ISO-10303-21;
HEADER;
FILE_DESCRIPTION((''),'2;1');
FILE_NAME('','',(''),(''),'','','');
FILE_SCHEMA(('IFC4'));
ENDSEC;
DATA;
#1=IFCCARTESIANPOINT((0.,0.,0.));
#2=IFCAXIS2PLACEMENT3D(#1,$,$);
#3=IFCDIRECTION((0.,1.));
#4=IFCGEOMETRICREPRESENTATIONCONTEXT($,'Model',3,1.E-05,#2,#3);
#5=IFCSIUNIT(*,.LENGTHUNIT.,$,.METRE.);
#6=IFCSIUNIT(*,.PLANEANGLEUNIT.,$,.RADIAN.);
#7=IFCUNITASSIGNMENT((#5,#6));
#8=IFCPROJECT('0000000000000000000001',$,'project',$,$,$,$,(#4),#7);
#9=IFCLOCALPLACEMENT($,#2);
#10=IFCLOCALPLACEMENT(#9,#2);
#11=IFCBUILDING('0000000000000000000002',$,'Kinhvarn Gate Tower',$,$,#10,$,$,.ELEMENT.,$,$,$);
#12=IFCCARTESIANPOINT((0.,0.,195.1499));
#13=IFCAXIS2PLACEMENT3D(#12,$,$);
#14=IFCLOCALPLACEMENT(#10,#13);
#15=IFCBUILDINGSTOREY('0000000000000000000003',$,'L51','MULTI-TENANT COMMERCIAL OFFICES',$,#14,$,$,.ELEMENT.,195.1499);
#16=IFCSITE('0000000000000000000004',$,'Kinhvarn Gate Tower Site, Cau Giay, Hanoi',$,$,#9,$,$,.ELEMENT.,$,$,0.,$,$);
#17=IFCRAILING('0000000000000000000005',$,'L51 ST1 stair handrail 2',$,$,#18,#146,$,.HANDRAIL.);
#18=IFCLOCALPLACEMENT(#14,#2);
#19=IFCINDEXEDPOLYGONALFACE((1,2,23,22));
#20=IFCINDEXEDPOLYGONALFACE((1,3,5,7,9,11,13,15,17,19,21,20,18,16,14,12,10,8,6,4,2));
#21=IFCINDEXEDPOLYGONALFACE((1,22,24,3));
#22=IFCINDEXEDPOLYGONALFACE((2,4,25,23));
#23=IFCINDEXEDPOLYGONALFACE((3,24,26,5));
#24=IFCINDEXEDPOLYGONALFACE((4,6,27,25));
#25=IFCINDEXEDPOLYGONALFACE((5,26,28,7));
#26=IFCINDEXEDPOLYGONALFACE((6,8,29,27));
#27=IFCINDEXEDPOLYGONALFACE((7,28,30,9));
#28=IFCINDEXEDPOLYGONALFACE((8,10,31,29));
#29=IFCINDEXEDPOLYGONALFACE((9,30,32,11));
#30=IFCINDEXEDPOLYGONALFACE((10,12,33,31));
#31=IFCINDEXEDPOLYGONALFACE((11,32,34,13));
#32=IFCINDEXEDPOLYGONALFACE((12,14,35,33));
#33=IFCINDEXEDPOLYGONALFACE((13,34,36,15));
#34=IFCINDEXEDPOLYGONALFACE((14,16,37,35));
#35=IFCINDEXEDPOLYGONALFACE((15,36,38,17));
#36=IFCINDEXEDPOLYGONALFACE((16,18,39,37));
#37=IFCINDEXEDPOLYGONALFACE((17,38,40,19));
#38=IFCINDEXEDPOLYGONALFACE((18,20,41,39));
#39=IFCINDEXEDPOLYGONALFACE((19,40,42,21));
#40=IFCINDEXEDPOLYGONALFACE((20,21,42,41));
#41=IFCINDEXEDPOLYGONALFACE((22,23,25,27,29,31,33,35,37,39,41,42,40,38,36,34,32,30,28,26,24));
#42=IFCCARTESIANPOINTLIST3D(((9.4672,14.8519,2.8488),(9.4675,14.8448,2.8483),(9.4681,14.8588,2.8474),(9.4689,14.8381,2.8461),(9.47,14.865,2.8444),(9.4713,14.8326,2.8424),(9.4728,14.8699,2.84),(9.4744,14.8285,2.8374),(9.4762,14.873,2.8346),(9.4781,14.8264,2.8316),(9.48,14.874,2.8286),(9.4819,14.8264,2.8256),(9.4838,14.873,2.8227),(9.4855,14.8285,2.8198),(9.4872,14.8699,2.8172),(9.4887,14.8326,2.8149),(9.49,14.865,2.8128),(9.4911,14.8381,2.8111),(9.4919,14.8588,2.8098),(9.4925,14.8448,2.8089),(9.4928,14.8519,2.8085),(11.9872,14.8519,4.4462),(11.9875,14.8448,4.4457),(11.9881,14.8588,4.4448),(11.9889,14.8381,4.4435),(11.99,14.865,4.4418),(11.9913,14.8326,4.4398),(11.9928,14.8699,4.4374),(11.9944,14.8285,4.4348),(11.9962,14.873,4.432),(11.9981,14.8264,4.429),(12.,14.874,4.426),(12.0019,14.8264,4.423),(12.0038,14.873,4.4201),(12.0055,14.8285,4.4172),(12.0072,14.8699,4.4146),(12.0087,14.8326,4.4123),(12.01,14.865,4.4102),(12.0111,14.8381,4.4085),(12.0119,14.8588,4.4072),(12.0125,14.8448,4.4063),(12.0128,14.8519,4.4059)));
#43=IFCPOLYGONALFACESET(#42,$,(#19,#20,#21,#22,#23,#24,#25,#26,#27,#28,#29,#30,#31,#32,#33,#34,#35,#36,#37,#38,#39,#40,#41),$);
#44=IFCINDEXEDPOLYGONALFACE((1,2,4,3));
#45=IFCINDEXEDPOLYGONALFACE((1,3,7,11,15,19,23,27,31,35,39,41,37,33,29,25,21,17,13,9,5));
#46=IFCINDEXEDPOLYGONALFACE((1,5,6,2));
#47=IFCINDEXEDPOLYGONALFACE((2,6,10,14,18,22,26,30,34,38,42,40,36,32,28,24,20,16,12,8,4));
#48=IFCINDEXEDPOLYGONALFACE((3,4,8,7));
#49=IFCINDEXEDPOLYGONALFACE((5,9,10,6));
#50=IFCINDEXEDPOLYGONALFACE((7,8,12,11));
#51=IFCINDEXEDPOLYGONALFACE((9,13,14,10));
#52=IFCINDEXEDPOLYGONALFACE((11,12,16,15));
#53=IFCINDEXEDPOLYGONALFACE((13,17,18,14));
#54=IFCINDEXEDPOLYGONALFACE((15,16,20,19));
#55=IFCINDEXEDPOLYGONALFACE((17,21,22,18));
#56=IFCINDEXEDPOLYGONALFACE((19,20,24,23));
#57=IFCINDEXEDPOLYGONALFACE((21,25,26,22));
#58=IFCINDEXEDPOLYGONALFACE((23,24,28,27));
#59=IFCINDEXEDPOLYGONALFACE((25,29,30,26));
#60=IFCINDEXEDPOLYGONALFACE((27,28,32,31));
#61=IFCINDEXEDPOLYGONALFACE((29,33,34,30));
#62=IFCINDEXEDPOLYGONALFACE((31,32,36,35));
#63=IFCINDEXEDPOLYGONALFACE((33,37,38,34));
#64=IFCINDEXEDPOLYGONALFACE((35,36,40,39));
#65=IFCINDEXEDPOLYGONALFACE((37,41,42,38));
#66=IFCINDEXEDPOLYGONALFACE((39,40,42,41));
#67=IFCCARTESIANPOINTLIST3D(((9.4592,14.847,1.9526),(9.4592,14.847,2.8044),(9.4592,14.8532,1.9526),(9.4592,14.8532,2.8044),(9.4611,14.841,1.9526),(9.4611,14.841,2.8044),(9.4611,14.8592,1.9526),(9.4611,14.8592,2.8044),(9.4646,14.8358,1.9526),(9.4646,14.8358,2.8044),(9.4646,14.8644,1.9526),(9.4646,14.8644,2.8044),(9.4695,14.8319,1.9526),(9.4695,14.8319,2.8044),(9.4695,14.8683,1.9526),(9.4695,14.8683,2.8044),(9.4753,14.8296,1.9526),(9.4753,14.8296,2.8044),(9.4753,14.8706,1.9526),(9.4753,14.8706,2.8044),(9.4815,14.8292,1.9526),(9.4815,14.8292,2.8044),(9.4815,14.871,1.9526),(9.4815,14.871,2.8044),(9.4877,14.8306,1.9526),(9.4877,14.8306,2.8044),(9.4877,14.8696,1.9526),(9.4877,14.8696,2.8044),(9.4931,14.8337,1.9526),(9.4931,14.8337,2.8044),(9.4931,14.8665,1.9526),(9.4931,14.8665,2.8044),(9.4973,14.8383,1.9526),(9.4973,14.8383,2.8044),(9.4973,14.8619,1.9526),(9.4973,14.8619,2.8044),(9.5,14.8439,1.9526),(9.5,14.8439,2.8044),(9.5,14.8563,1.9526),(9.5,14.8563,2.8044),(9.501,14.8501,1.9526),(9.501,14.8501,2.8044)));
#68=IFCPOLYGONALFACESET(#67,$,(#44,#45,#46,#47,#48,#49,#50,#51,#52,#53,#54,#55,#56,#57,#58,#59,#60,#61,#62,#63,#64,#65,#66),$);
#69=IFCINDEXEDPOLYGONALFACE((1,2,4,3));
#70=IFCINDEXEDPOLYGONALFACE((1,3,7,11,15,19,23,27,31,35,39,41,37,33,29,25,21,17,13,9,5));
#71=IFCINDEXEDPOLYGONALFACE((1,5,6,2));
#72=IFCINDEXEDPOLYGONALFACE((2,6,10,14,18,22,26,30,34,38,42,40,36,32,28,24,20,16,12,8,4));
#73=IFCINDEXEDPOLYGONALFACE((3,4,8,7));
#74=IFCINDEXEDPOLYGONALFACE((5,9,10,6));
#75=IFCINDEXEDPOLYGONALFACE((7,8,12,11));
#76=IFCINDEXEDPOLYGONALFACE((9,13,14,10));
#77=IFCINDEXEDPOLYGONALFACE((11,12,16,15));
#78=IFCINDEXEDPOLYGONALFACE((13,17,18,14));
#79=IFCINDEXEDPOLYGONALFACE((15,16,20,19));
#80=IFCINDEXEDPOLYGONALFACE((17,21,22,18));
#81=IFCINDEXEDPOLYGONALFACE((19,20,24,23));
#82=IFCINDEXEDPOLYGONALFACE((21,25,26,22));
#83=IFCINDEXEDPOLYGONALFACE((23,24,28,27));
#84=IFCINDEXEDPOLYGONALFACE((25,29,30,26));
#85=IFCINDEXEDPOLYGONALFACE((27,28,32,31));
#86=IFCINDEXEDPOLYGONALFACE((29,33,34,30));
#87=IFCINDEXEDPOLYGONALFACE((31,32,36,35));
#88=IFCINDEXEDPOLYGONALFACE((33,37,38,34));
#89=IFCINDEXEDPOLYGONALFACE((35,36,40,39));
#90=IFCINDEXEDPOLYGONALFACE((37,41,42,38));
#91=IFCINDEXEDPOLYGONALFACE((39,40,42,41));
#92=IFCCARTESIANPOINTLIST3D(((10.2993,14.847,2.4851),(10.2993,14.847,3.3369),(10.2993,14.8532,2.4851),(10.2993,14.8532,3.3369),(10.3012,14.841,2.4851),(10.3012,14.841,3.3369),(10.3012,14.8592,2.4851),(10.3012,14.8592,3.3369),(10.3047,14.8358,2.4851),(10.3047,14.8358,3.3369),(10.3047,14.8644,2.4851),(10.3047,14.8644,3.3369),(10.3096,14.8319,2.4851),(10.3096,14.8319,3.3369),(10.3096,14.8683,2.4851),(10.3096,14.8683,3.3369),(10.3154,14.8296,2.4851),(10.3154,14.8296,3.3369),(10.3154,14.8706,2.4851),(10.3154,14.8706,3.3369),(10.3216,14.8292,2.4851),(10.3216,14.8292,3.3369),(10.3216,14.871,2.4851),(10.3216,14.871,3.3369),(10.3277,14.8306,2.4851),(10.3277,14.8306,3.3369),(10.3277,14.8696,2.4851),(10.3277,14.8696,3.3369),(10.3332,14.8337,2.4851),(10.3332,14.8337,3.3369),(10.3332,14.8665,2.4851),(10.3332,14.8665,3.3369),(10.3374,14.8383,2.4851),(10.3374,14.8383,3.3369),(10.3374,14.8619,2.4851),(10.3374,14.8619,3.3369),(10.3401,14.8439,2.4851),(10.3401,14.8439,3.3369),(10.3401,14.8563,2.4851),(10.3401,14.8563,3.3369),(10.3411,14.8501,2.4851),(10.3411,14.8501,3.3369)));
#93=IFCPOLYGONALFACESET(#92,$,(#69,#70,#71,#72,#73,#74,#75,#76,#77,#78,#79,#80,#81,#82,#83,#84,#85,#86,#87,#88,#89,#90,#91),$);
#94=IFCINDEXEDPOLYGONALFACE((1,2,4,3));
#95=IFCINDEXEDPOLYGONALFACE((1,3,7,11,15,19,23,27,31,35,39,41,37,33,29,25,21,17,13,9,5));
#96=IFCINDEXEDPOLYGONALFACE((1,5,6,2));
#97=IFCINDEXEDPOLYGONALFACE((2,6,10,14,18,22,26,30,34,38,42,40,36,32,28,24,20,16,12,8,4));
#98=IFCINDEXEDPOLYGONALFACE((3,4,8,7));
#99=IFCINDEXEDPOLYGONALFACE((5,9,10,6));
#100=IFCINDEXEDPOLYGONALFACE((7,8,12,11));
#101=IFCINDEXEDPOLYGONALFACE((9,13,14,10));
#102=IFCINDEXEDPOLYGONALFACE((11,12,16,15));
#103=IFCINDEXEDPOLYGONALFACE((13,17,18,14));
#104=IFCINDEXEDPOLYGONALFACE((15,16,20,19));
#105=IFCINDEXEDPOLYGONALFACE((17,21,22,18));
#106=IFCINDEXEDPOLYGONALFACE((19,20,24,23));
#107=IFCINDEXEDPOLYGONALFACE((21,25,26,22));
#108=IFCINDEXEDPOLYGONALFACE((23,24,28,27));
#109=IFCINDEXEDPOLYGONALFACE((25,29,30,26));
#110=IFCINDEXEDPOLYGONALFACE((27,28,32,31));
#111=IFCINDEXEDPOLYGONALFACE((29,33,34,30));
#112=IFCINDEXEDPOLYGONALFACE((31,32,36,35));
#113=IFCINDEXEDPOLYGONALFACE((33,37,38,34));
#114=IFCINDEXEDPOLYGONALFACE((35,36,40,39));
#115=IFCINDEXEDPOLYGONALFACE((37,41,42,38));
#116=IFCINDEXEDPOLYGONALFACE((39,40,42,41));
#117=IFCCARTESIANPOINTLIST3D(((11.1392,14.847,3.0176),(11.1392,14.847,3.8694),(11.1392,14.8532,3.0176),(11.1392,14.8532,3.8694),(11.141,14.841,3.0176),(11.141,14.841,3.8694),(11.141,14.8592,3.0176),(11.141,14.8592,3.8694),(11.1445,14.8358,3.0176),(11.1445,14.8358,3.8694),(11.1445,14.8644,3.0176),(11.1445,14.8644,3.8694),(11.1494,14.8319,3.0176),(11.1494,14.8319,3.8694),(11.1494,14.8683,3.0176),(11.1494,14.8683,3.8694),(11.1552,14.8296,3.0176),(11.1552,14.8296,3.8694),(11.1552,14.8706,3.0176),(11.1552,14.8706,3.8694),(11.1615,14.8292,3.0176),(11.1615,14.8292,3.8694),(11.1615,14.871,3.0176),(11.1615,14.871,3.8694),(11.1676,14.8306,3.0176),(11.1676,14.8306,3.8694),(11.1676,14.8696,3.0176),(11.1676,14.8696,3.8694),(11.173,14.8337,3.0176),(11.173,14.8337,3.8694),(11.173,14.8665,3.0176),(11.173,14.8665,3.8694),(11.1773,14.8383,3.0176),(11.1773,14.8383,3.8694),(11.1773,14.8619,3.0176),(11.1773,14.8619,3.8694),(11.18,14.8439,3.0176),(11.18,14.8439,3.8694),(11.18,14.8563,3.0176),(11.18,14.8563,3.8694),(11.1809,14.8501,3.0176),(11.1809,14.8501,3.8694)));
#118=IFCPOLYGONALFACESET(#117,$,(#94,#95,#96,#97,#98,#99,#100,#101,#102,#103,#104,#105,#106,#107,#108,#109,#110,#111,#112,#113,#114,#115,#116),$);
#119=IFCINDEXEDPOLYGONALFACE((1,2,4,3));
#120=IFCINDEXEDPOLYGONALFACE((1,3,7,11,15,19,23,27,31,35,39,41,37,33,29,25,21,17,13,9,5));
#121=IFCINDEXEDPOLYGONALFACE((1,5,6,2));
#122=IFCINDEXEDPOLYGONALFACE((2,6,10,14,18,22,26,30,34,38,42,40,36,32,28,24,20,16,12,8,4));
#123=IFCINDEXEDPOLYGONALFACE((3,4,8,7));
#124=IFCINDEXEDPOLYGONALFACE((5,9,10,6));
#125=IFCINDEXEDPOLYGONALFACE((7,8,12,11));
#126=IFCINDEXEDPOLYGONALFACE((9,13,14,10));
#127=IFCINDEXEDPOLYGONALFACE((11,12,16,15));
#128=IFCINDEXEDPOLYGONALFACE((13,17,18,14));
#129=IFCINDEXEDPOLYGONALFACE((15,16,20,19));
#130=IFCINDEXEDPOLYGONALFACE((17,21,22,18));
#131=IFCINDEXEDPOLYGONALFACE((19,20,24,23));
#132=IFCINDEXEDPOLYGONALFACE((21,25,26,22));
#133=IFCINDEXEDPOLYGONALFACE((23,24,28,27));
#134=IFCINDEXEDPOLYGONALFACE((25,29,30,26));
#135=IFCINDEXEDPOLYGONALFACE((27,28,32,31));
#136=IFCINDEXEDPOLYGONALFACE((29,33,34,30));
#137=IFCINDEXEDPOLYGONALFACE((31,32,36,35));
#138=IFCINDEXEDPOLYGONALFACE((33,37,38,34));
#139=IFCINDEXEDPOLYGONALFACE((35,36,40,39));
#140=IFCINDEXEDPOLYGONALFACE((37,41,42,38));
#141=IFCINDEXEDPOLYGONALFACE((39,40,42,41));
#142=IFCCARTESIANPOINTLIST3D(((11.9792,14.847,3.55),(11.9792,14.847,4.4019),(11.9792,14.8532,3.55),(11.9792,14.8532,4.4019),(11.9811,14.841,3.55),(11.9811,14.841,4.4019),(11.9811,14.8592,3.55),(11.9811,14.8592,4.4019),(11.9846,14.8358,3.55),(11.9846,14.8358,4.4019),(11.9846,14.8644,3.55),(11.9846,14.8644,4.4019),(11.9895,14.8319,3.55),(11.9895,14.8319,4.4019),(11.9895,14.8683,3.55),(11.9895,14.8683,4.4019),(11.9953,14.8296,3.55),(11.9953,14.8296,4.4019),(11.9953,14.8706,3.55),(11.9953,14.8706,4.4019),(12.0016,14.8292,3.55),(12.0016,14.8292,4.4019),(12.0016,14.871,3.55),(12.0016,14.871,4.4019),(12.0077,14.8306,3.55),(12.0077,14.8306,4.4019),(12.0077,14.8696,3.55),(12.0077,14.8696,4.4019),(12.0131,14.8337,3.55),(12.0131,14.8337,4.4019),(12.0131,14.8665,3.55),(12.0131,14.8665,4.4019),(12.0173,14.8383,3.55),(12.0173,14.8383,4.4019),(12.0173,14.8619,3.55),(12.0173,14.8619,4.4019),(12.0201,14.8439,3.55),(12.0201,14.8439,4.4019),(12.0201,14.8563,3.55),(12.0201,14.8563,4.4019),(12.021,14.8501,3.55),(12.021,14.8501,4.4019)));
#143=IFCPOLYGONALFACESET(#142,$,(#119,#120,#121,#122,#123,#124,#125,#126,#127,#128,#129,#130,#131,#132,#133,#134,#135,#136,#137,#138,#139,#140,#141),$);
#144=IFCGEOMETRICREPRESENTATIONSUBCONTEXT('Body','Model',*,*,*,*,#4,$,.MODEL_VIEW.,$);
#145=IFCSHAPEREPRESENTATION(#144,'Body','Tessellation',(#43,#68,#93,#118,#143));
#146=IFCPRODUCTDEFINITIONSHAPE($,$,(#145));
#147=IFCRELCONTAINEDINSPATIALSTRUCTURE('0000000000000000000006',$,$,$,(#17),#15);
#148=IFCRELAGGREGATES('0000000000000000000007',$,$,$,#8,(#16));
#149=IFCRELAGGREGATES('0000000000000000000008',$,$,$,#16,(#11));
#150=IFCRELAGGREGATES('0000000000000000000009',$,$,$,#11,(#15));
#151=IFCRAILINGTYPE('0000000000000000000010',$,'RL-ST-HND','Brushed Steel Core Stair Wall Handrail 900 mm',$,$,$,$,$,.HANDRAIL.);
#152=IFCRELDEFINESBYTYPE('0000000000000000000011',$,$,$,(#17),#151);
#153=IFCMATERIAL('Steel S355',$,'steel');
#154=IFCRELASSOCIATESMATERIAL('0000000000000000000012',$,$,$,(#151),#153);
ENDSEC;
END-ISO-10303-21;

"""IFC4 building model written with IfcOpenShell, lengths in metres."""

from ifc_helpers import new_model, si_unit, direction, frame, origin, origin_2d, place, context, subcontext, project, spatial, circle, extrude, material, type_object, element, save


model = new_model("IFC4")

# Units and contexts
model_context = context("Model", 3, precision=1e-05, world=origin(), true_north=direction((0.0, 1.0)))
body_context = subcontext(model_context, "Body", "Model", "MODEL_VIEW")
ifc_project = project(units=[si_unit("LENGTHUNIT", "METRE"), si_unit("PLANEANGLEUNIT", "RADIAN")], contexts=[model_context])

# Site, building, storey
site_placement = place(None, origin())
site = spatial("IfcSite", under=ifc_project, at=site_placement, Name="Kinhvarn Gate Tower Site, Cau Giay, Hanoi", CompositionType="ELEMENT", RefElevation=0.0)
building_placement = place(site_placement, origin())
building = spatial("IfcBuilding", under=site, at=building_placement, Name="Kinhvarn Gate Tower", CompositionType="ELEMENT")
storey_placement = place(building_placement, frame((0.0, 0.0, 195.1499)))
storey = spatial("IfcBuildingStorey", under=building, at=storey_placement, Name="L51", Description="MULTI-TENANT COMMERCIAL OFFICES", CompositionType="ELEMENT", Elevation=195.1499)

# Shared definitions
ifc_material_1 = material(Name="Steel S355", Category="steel")

# Railing
railing_type_1 = type_object("IfcRailingType", Name="RL-ST-HND", Description="Brushed Steel Core Stair Wall Handrail 900 mm", PredefinedType="HANDRAIL", material=ifc_material_1)
railing_1_placement = place(storey_placement, frame((9.48, 14.8501, 1.9526)))
element("IfcRailing", 1, at=railing_1_placement, inside=storey, type_object=railing_type_1, Name="L51 ST1 stair handrail 2", PredefinedType="HANDRAIL", context=body_context, shape_type="SweptSolid", body=[
    extrude(circle(Radius=0.0239, at=origin_2d()), frame((0.0, 0.0, 0.876), z_axis=(0.844607, 0.0, 0.535387), x_axis=(0.0, 1.0, 0.0)), (0.0, 0.0, 1.0), 2.9836),
    extrude(circle(Radius=0.021, at=origin_2d()), origin(), (0.0, 0.0, 1.0), 0.8518),
    extrude(circle(Radius=0.021, at=origin_2d()), frame((0.8401, 0.0, 0.5325)), (0.0, 0.0, 1.0), 0.8518),
    extrude(circle(Radius=0.021, at=origin_2d()), frame((1.6799, 0.0, 1.0649)), (0.0, 0.0, 1.0), 0.8518),
    extrude(circle(Radius=0.021, at=origin_2d()), frame((2.52, 0.0, 1.5974)), (0.0, 0.0, 1.0), 0.8518),
])

save(model, "model.ifc")
